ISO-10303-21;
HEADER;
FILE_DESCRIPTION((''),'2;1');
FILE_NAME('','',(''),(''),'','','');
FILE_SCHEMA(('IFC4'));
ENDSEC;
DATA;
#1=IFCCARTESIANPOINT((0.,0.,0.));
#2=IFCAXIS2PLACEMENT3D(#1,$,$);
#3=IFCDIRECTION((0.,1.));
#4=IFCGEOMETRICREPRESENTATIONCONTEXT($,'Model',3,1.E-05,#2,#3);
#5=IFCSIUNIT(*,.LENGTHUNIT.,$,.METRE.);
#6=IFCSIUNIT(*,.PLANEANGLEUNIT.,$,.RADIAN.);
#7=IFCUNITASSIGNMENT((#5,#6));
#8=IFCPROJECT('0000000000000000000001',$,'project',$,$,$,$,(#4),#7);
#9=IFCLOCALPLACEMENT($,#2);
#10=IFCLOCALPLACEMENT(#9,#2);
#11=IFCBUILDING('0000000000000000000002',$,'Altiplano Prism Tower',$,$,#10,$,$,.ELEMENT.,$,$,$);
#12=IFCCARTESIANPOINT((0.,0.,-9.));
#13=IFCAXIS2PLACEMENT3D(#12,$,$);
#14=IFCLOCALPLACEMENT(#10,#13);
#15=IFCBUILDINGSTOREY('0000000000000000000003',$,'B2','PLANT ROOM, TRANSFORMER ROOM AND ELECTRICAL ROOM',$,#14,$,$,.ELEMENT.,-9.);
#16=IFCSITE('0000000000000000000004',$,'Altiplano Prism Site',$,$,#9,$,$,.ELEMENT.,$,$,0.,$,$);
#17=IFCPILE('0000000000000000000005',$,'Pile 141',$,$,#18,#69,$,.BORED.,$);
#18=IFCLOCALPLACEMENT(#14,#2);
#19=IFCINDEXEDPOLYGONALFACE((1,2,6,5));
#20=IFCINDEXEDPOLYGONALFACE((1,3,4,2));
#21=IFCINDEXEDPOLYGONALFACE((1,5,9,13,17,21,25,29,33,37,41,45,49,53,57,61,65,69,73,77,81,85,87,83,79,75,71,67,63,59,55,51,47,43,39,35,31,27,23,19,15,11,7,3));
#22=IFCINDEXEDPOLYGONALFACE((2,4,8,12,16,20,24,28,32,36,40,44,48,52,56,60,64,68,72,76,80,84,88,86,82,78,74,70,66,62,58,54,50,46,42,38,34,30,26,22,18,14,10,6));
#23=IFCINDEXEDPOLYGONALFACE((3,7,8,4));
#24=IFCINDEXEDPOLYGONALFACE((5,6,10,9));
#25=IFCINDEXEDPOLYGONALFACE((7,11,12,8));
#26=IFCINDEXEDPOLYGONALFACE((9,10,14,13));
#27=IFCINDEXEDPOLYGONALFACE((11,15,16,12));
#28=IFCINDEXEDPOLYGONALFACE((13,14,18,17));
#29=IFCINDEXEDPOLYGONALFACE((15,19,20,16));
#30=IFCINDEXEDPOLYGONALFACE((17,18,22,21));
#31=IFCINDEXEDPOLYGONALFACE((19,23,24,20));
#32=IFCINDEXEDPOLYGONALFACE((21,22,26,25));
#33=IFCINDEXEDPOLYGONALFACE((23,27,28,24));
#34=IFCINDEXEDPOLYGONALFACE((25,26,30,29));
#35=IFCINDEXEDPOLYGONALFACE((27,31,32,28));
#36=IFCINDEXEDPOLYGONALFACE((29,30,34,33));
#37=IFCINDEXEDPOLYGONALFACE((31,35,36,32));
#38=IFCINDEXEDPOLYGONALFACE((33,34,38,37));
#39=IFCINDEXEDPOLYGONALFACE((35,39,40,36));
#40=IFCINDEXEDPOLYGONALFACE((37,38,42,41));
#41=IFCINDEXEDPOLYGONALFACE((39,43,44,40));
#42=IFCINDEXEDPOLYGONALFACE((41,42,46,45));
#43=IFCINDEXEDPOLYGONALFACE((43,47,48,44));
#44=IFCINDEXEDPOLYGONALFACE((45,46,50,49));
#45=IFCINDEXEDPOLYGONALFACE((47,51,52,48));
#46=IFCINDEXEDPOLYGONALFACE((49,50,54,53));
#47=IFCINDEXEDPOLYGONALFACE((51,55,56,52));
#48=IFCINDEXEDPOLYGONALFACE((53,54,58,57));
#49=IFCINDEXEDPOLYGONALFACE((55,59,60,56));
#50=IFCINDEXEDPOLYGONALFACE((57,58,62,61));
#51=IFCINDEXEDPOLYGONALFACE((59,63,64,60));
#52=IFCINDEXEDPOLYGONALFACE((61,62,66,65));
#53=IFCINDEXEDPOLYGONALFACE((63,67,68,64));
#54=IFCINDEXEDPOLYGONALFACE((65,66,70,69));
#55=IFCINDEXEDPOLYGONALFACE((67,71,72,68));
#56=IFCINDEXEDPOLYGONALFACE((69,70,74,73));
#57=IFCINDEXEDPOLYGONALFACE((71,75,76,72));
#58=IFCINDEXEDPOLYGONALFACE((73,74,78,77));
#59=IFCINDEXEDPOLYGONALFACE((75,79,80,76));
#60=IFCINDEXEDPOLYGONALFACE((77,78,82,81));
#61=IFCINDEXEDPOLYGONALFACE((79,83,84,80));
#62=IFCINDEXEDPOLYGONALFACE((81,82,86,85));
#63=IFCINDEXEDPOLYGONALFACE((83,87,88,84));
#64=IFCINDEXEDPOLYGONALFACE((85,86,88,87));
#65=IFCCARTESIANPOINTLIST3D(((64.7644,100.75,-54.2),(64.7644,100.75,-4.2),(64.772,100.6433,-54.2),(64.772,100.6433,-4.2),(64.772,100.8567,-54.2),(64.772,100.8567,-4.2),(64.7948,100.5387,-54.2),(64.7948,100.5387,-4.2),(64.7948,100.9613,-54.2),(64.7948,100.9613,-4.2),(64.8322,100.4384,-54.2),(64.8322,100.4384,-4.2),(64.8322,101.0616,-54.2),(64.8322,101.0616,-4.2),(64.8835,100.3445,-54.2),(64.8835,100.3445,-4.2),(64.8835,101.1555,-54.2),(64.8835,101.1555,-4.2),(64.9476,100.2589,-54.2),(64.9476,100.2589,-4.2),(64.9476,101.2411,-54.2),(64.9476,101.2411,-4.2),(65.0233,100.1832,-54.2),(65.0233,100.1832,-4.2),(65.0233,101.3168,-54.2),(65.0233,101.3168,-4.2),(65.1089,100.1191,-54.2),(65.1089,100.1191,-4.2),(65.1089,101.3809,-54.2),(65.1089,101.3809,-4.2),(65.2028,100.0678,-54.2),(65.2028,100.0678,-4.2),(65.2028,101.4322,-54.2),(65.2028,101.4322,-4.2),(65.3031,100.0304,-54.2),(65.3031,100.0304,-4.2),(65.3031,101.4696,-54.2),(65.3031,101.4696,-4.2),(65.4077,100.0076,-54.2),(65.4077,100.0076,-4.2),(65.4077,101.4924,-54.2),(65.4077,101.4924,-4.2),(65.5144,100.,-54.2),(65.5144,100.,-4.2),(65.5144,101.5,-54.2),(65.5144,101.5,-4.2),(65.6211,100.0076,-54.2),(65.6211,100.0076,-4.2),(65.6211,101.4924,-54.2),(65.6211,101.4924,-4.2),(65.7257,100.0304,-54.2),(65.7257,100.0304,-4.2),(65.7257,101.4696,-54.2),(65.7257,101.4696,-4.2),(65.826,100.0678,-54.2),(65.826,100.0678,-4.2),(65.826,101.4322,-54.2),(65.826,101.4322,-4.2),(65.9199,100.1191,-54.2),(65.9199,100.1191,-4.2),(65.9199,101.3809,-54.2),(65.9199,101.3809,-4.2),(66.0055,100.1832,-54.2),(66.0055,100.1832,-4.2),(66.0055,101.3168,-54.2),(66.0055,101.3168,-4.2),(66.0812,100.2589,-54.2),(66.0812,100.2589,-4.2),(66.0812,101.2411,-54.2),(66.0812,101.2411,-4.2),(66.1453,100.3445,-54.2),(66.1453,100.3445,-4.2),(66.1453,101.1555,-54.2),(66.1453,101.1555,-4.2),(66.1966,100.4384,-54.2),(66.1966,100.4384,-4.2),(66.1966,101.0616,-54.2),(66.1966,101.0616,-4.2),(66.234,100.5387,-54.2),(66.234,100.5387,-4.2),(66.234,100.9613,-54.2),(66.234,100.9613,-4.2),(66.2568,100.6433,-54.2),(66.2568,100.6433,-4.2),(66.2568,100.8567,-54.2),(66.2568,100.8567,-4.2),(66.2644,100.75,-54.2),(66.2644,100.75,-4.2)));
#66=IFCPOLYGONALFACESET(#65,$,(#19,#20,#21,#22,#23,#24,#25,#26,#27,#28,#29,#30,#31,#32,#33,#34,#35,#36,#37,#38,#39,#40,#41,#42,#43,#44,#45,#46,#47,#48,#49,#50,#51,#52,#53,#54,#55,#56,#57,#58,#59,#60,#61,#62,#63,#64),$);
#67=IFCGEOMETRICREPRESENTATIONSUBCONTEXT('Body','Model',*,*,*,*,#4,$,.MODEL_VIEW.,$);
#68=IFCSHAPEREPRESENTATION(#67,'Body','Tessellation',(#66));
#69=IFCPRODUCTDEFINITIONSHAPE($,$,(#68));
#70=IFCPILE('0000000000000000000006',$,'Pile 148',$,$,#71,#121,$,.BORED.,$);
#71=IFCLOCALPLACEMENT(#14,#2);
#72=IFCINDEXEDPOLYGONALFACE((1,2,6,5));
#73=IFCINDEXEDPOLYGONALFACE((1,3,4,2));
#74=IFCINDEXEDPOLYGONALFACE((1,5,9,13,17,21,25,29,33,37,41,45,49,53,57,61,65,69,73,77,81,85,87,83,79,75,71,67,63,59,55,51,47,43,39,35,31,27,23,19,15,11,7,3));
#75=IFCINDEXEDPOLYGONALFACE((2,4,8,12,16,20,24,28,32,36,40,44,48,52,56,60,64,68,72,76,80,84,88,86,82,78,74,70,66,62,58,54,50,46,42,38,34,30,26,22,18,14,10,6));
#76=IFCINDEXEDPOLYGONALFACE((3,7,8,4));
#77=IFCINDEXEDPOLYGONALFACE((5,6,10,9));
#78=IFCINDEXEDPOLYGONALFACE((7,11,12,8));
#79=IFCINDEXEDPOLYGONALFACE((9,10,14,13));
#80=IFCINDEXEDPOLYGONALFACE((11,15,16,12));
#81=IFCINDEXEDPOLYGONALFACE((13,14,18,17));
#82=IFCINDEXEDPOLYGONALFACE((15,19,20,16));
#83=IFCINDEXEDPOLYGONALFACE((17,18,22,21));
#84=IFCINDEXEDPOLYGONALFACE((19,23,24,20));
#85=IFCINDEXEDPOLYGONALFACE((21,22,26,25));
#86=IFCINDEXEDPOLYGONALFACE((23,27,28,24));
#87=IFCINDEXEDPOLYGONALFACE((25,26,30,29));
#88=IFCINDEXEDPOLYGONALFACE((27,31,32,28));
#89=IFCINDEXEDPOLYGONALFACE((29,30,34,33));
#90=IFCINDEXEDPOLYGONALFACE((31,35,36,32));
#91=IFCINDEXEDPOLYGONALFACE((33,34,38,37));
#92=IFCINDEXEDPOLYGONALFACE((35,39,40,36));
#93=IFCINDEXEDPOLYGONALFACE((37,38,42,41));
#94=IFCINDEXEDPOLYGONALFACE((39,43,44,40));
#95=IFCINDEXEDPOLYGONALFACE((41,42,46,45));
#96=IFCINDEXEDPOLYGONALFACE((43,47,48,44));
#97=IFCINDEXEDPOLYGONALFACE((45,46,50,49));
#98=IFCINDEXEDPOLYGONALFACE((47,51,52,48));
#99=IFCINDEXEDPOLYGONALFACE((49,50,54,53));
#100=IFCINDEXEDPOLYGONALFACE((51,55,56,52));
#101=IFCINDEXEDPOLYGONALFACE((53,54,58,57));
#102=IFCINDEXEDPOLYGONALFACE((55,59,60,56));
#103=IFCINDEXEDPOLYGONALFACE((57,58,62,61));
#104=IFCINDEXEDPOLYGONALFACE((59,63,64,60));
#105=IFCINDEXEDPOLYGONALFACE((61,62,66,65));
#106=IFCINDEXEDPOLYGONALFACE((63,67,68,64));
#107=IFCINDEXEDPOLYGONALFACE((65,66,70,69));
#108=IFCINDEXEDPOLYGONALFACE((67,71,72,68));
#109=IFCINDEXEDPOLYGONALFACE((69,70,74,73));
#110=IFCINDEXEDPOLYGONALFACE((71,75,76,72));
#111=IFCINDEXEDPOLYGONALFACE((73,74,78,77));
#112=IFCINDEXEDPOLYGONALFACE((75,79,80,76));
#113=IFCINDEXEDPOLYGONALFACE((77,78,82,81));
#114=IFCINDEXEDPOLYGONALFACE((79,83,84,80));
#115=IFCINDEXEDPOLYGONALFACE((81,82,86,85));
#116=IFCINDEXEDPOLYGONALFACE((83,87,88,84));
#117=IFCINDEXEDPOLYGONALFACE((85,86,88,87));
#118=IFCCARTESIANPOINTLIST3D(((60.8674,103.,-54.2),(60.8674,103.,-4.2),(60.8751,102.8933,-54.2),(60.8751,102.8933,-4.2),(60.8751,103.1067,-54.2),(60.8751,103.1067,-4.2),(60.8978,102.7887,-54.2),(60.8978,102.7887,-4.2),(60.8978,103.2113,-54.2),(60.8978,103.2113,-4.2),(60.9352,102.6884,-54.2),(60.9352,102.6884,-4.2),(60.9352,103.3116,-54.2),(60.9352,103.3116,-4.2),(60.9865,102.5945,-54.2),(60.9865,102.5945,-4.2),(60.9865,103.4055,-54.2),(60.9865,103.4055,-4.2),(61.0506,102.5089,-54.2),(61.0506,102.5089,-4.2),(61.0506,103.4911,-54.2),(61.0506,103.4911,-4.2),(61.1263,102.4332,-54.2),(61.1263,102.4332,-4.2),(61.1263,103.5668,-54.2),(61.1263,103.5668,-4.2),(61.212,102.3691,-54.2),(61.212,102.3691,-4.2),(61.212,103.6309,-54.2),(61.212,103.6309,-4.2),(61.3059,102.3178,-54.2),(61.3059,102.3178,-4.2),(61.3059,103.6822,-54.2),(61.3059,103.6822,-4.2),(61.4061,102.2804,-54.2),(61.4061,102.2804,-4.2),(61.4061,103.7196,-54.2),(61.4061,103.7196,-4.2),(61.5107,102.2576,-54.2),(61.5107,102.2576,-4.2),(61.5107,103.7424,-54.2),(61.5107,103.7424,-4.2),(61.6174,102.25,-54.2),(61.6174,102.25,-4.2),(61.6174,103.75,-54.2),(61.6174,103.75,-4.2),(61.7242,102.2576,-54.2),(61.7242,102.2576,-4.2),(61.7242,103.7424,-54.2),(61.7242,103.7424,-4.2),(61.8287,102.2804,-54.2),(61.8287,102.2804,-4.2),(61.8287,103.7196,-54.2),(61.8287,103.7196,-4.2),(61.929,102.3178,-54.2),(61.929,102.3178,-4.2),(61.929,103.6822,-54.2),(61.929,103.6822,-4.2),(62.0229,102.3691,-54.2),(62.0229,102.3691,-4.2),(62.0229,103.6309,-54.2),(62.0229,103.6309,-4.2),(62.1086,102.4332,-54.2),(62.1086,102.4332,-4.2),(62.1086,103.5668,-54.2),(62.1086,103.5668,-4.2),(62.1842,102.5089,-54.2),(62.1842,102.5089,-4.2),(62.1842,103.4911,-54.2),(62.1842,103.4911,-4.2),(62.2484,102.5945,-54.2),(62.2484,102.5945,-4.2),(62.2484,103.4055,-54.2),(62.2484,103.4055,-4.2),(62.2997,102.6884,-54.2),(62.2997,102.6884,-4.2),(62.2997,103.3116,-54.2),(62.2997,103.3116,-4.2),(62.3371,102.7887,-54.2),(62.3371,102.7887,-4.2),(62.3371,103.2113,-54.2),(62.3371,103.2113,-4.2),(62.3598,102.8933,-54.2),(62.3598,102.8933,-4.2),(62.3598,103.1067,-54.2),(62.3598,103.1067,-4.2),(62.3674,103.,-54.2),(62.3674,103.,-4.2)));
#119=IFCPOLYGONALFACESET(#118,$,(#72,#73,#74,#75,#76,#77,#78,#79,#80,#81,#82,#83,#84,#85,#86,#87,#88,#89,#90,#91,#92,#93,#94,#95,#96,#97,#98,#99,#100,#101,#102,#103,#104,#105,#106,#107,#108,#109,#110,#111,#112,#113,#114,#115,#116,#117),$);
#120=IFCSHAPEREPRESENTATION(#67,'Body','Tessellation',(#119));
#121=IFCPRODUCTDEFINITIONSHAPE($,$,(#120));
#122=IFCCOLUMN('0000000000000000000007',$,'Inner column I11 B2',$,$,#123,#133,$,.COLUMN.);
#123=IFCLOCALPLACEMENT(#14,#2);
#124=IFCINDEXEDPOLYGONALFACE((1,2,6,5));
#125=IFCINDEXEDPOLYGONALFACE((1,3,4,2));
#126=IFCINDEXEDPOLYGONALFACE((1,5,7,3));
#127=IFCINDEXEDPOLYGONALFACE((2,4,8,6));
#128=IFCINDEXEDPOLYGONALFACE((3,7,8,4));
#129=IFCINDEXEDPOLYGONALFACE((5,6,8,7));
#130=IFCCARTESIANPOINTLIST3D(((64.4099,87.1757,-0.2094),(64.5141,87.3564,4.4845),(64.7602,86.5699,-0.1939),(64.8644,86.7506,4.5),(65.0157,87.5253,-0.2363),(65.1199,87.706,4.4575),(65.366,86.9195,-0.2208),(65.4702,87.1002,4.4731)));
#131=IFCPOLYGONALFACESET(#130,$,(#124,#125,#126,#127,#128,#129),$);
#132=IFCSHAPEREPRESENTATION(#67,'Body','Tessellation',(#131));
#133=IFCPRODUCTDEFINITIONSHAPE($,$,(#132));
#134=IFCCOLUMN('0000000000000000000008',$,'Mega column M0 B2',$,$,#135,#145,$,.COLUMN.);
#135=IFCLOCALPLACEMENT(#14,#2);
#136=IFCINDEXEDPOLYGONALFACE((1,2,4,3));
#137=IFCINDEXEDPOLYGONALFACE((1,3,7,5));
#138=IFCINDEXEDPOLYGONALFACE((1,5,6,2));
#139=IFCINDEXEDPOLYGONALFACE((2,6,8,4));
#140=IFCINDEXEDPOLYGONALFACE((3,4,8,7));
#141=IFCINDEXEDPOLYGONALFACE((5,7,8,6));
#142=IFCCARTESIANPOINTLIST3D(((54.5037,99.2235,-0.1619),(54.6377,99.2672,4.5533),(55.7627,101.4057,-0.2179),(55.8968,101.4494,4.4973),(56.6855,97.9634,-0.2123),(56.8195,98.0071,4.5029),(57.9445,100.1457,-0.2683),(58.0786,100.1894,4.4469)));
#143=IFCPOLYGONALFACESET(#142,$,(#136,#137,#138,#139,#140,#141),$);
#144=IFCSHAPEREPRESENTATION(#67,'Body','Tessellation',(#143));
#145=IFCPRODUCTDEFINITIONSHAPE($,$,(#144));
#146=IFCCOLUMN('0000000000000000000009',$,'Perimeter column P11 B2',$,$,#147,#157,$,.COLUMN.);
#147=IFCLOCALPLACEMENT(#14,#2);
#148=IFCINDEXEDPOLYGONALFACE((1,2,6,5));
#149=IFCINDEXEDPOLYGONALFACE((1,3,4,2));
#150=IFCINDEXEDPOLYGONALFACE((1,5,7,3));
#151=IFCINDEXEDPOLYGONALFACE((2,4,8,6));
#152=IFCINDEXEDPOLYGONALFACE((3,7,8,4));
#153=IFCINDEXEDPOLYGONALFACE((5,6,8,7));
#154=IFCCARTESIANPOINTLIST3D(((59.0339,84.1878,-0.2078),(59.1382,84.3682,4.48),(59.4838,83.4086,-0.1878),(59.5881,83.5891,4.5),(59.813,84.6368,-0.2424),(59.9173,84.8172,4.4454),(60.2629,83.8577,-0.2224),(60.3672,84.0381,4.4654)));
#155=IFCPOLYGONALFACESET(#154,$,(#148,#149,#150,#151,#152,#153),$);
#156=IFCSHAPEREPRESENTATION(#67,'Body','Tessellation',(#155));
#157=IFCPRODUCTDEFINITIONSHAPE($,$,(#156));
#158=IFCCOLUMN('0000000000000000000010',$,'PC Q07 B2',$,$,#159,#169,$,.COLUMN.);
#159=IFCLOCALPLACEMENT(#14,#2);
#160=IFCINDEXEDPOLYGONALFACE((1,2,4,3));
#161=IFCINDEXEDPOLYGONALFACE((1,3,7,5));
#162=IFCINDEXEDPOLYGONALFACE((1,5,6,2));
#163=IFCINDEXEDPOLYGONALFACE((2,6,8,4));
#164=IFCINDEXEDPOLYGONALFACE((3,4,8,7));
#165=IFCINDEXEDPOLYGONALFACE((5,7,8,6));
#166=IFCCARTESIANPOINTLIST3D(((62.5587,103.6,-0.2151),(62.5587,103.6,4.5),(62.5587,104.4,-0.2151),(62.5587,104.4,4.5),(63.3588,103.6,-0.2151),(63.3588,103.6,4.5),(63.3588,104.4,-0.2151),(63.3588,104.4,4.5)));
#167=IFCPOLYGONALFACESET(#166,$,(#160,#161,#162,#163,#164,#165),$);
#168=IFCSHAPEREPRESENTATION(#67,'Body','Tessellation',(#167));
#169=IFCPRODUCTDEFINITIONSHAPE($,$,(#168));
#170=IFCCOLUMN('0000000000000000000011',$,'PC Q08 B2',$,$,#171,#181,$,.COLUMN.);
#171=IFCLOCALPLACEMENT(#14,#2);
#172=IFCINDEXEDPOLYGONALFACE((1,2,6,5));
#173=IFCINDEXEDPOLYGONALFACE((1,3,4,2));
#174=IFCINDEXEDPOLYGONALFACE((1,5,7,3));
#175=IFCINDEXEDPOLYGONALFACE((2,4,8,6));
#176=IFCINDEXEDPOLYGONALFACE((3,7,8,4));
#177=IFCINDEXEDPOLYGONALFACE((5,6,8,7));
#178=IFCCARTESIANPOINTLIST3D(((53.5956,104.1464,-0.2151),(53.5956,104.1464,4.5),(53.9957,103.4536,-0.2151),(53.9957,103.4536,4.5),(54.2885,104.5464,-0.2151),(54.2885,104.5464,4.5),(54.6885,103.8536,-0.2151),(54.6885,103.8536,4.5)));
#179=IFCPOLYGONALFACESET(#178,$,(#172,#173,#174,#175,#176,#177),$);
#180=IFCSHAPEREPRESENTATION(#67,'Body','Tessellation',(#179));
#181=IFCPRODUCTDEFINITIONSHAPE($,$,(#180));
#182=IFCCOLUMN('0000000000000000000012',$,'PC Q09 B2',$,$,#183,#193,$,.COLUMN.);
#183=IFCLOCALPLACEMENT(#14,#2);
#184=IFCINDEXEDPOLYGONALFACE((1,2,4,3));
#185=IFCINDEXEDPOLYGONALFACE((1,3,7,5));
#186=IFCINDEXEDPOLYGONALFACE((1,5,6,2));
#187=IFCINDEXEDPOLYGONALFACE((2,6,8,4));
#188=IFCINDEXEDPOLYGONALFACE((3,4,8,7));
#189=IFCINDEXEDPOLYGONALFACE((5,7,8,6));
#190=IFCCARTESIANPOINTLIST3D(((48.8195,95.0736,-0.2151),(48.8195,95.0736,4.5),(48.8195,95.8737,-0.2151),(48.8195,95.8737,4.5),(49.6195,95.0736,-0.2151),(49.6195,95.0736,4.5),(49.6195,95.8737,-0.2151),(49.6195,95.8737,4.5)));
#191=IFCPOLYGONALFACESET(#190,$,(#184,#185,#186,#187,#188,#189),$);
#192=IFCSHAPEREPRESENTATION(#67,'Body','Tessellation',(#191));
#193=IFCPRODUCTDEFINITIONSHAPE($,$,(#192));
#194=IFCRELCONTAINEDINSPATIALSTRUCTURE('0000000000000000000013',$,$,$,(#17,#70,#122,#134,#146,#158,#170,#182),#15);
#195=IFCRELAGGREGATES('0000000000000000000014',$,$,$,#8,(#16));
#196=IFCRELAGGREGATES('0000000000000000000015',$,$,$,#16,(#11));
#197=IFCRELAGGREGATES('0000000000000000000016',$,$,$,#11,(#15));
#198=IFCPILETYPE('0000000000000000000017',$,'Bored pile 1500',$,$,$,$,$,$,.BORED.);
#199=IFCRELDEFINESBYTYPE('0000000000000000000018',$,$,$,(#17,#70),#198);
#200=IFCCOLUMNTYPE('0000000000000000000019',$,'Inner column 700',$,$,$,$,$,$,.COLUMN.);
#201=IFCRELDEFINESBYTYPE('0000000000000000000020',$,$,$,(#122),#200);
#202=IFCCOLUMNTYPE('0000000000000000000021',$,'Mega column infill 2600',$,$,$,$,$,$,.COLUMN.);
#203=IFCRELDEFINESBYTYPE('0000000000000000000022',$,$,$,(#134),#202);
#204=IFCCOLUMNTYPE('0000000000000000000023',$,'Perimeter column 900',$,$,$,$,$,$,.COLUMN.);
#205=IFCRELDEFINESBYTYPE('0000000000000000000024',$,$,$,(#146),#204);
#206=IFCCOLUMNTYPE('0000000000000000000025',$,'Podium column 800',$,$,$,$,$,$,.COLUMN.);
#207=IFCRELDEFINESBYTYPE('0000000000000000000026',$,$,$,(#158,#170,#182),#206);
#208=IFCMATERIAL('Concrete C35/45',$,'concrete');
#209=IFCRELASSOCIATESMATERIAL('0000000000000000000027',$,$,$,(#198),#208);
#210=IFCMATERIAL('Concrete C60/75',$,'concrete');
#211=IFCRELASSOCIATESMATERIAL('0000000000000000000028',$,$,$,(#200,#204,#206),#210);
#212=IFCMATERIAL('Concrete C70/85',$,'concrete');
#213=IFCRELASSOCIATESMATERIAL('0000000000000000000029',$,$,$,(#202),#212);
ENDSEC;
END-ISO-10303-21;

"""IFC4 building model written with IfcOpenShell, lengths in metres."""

from ifc_helpers import new_model, si_unit, direction, frame, origin, origin_2d, place, context, subcontext, project, spatial, rectangle, circle, extrude, material, material_profile, profile_set, type_object, element, save


model = new_model("IFC4")

# Units and contexts
model_context = context("Model", 3, precision=1e-05, world=origin(), true_north=direction((0.0, 1.0)))
body_context = subcontext(model_context, "Body", "Model", "MODEL_VIEW")
ifc_project = project(units=[si_unit("LENGTHUNIT", "METRE"), si_unit("PLANEANGLEUNIT", "RADIAN")], contexts=[model_context])

# Site, building, storey
site_placement = place(None, origin())
site = spatial("IfcSite", under=ifc_project, at=site_placement, Name="Altiplano Prism Site", CompositionType="ELEMENT", RefElevation=0.0)
building_placement = place(site_placement, origin())
building = spatial("IfcBuilding", under=site, at=building_placement, Name="Altiplano Prism Tower", CompositionType="ELEMENT")
storey_placement = place(building_placement, frame((0.0, 0.0, -9.0)))
storey = spatial("IfcBuildingStorey", under=building, at=storey_placement, Name="B2", Description="PLANT ROOM, TRANSFORMER ROOM AND ELECTRICAL ROOM", CompositionType="ELEMENT", Elevation=-9.0)

# Piles
ifc_material_1 = material(Name="Concrete C35/45", Category="concrete")
ifc_material_profile_1 = material_profile(ifc_material_1, circle(Radius=0.75, at=origin_2d()), Name="Bored pile 1500")
ifc_profile_set_1 = profile_set([ifc_material_profile_1], Name="Concrete C35/45")
pile_type = type_object("IfcPileType", Name="Bored pile 1500", PredefinedType="BORED", material=ifc_profile_set_1)
for number, where, z_axis, x_axis, name in (
    (1, (65.5144, 100.75, -4.2), (0.0, 0.0, -1.0), (1.0, 0.0, 0.0), "Pile 141"),
    (2, (61.6174, 103.0, -4.2), (0.0, 0.0, -1.0), (1.0, 0.0, 0.0), "Pile 148"),
):
    element("IfcPile", number, at=place(storey_placement, frame(where, z_axis=z_axis, x_axis=x_axis)), inside=storey, type_object=pile_type, Name=name, PredefinedType="BORED", context=body_context, shape_type="SweptSolid", body=[
        extrude(circle(Radius=0.75, at=origin_2d()), origin(), (0.0, 0.0, 1.0), 50.0),
    ])

# Columns
ifc_material_2 = material(Name="Concrete C60/75", Category="concrete")
ifc_material_profile_2 = material_profile(ifc_material_2, rectangle(XDim=0.7, YDim=0.7, at=origin_2d()), Name="Inner column 700")
ifc_profile_set_2 = profile_set([ifc_material_profile_2], Name="Concrete C60/75")
column_type_1 = type_object("IfcColumnType", Name="Inner column 700", PredefinedType="COLUMN", material=ifc_profile_set_2)
column_1_placement = place(storey_placement, frame((64.8879, 87.0476, -0.2151), z_axis=(0.022188, 0.038452, 0.999014), x_axis=(-0.86548, -0.499466, 0.038446)))
element("IfcColumn", 3, at=column_1_placement, inside=storey, type_object=column_type_1, Name="Inner column I11 B2", PredefinedType="COLUMN", context=body_context, shape_type="SweptSolid", body=[
    extrude(rectangle(XDim=0.7, YDim=0.7, at=origin_2d()), origin(), (0.0, 0.0, 1.0), 4.6985),
])
ifc_material_3 = material(Name="Concrete C70/85", Category="concrete")
ifc_material_profile_3 = material_profile(ifc_material_3, rectangle(XDim=2.52, YDim=2.52, at=origin_2d()), Name="Mega column infill 2600")
ifc_profile_set_3 = profile_set([ifc_material_profile_3], Name="Concrete C70/85")
column_type_2 = type_object("IfcColumnType", Name="Mega column infill 2600", PredefinedType="COLUMN", material=ifc_profile_set_3)
column_2_placement = place(storey_placement, frame((56.2241, 99.6846, -0.2151), z_axis=(0.028414, 0.009264, 0.999553), x_axis=(-0.865782, 0.500023, 0.019977)))
element("IfcColumn", 4, at=column_2_placement, inside=storey, type_object=column_type_2, Name="Mega column M0 B2", PredefinedType="COLUMN", context=body_context, shape_type="SweptSolid", body=[
    extrude(rectangle(XDim=2.52, YDim=2.52, at=origin_2d()), origin(), (0.0, 0.0, 1.0), 4.7173),
])
ifc_material_profile_4 = material_profile(ifc_material_2, rectangle(XDim=0.8999, YDim=0.8999, at=origin_2d()), Name="Perimeter column 900")
ifc_profile_set_4 = profile_set([ifc_material_profile_4], Name="Concrete C60/75")
column_type_3 = type_object("IfcColumnType", Name="Perimeter column 900", PredefinedType="COLUMN", material=ifc_profile_set_4)
column_3_placement = place(storey_placement, frame((59.6484, 84.0227, -0.2151), z_axis=(0.022216, 0.03845, 0.999014), x_axis=(-0.865772, -0.498958, 0.038457)))
element("IfcColumn", 5, at=column_3_placement, inside=storey, type_object=column_type_3, Name="Perimeter column P11 B2", PredefinedType="COLUMN", context=body_context, shape_type="SweptSolid", body=[
    extrude(rectangle(XDim=0.8999, YDim=0.8999, at=origin_2d()), origin(), (0.0, 0.0, 1.0), 4.6924),
])
ifc_material_profile_5 = material_profile(ifc_material_2, rectangle(XDim=0.8, YDim=0.8, at=origin_2d()), Name="Podium column 800")
ifc_profile_set_5 = profile_set([ifc_material_profile_5], Name="Concrete C60/75")
column_type_4 = type_object("IfcColumnType", Name="Podium column 800", PredefinedType="COLUMN", material=ifc_profile_set_5)
for number, where, z_axis, x_axis, name in (
    (6, (62.9587, 104.0, -0.2151), (0.0, 0.0, 1.0), (1.0, 0.0, 0.0), "PC Q07 B2"),
    (7, (54.1421, 104.0, -0.2151), (0.0, 0.0, 1.0), (0.866025, 0.5, 0.0), "PC Q08 B2"),
    (8, (49.2195, 95.4736, -0.2151), (0.0, 0.0, 1.0), (1.0, 0.0, 0.0), "PC Q09 B2"),
):
    element("IfcColumn", number, at=place(storey_placement, frame(where, z_axis=z_axis, x_axis=x_axis)), inside=storey, type_object=column_type_4, Name=name, PredefinedType="COLUMN", context=body_context, shape_type="SweptSolid", body=[
        extrude(rectangle(XDim=0.8, YDim=0.8, at=origin_2d()), origin(), (0.0, 0.0, 1.0), 4.7151),
    ])

save(model, "model.ifc")
